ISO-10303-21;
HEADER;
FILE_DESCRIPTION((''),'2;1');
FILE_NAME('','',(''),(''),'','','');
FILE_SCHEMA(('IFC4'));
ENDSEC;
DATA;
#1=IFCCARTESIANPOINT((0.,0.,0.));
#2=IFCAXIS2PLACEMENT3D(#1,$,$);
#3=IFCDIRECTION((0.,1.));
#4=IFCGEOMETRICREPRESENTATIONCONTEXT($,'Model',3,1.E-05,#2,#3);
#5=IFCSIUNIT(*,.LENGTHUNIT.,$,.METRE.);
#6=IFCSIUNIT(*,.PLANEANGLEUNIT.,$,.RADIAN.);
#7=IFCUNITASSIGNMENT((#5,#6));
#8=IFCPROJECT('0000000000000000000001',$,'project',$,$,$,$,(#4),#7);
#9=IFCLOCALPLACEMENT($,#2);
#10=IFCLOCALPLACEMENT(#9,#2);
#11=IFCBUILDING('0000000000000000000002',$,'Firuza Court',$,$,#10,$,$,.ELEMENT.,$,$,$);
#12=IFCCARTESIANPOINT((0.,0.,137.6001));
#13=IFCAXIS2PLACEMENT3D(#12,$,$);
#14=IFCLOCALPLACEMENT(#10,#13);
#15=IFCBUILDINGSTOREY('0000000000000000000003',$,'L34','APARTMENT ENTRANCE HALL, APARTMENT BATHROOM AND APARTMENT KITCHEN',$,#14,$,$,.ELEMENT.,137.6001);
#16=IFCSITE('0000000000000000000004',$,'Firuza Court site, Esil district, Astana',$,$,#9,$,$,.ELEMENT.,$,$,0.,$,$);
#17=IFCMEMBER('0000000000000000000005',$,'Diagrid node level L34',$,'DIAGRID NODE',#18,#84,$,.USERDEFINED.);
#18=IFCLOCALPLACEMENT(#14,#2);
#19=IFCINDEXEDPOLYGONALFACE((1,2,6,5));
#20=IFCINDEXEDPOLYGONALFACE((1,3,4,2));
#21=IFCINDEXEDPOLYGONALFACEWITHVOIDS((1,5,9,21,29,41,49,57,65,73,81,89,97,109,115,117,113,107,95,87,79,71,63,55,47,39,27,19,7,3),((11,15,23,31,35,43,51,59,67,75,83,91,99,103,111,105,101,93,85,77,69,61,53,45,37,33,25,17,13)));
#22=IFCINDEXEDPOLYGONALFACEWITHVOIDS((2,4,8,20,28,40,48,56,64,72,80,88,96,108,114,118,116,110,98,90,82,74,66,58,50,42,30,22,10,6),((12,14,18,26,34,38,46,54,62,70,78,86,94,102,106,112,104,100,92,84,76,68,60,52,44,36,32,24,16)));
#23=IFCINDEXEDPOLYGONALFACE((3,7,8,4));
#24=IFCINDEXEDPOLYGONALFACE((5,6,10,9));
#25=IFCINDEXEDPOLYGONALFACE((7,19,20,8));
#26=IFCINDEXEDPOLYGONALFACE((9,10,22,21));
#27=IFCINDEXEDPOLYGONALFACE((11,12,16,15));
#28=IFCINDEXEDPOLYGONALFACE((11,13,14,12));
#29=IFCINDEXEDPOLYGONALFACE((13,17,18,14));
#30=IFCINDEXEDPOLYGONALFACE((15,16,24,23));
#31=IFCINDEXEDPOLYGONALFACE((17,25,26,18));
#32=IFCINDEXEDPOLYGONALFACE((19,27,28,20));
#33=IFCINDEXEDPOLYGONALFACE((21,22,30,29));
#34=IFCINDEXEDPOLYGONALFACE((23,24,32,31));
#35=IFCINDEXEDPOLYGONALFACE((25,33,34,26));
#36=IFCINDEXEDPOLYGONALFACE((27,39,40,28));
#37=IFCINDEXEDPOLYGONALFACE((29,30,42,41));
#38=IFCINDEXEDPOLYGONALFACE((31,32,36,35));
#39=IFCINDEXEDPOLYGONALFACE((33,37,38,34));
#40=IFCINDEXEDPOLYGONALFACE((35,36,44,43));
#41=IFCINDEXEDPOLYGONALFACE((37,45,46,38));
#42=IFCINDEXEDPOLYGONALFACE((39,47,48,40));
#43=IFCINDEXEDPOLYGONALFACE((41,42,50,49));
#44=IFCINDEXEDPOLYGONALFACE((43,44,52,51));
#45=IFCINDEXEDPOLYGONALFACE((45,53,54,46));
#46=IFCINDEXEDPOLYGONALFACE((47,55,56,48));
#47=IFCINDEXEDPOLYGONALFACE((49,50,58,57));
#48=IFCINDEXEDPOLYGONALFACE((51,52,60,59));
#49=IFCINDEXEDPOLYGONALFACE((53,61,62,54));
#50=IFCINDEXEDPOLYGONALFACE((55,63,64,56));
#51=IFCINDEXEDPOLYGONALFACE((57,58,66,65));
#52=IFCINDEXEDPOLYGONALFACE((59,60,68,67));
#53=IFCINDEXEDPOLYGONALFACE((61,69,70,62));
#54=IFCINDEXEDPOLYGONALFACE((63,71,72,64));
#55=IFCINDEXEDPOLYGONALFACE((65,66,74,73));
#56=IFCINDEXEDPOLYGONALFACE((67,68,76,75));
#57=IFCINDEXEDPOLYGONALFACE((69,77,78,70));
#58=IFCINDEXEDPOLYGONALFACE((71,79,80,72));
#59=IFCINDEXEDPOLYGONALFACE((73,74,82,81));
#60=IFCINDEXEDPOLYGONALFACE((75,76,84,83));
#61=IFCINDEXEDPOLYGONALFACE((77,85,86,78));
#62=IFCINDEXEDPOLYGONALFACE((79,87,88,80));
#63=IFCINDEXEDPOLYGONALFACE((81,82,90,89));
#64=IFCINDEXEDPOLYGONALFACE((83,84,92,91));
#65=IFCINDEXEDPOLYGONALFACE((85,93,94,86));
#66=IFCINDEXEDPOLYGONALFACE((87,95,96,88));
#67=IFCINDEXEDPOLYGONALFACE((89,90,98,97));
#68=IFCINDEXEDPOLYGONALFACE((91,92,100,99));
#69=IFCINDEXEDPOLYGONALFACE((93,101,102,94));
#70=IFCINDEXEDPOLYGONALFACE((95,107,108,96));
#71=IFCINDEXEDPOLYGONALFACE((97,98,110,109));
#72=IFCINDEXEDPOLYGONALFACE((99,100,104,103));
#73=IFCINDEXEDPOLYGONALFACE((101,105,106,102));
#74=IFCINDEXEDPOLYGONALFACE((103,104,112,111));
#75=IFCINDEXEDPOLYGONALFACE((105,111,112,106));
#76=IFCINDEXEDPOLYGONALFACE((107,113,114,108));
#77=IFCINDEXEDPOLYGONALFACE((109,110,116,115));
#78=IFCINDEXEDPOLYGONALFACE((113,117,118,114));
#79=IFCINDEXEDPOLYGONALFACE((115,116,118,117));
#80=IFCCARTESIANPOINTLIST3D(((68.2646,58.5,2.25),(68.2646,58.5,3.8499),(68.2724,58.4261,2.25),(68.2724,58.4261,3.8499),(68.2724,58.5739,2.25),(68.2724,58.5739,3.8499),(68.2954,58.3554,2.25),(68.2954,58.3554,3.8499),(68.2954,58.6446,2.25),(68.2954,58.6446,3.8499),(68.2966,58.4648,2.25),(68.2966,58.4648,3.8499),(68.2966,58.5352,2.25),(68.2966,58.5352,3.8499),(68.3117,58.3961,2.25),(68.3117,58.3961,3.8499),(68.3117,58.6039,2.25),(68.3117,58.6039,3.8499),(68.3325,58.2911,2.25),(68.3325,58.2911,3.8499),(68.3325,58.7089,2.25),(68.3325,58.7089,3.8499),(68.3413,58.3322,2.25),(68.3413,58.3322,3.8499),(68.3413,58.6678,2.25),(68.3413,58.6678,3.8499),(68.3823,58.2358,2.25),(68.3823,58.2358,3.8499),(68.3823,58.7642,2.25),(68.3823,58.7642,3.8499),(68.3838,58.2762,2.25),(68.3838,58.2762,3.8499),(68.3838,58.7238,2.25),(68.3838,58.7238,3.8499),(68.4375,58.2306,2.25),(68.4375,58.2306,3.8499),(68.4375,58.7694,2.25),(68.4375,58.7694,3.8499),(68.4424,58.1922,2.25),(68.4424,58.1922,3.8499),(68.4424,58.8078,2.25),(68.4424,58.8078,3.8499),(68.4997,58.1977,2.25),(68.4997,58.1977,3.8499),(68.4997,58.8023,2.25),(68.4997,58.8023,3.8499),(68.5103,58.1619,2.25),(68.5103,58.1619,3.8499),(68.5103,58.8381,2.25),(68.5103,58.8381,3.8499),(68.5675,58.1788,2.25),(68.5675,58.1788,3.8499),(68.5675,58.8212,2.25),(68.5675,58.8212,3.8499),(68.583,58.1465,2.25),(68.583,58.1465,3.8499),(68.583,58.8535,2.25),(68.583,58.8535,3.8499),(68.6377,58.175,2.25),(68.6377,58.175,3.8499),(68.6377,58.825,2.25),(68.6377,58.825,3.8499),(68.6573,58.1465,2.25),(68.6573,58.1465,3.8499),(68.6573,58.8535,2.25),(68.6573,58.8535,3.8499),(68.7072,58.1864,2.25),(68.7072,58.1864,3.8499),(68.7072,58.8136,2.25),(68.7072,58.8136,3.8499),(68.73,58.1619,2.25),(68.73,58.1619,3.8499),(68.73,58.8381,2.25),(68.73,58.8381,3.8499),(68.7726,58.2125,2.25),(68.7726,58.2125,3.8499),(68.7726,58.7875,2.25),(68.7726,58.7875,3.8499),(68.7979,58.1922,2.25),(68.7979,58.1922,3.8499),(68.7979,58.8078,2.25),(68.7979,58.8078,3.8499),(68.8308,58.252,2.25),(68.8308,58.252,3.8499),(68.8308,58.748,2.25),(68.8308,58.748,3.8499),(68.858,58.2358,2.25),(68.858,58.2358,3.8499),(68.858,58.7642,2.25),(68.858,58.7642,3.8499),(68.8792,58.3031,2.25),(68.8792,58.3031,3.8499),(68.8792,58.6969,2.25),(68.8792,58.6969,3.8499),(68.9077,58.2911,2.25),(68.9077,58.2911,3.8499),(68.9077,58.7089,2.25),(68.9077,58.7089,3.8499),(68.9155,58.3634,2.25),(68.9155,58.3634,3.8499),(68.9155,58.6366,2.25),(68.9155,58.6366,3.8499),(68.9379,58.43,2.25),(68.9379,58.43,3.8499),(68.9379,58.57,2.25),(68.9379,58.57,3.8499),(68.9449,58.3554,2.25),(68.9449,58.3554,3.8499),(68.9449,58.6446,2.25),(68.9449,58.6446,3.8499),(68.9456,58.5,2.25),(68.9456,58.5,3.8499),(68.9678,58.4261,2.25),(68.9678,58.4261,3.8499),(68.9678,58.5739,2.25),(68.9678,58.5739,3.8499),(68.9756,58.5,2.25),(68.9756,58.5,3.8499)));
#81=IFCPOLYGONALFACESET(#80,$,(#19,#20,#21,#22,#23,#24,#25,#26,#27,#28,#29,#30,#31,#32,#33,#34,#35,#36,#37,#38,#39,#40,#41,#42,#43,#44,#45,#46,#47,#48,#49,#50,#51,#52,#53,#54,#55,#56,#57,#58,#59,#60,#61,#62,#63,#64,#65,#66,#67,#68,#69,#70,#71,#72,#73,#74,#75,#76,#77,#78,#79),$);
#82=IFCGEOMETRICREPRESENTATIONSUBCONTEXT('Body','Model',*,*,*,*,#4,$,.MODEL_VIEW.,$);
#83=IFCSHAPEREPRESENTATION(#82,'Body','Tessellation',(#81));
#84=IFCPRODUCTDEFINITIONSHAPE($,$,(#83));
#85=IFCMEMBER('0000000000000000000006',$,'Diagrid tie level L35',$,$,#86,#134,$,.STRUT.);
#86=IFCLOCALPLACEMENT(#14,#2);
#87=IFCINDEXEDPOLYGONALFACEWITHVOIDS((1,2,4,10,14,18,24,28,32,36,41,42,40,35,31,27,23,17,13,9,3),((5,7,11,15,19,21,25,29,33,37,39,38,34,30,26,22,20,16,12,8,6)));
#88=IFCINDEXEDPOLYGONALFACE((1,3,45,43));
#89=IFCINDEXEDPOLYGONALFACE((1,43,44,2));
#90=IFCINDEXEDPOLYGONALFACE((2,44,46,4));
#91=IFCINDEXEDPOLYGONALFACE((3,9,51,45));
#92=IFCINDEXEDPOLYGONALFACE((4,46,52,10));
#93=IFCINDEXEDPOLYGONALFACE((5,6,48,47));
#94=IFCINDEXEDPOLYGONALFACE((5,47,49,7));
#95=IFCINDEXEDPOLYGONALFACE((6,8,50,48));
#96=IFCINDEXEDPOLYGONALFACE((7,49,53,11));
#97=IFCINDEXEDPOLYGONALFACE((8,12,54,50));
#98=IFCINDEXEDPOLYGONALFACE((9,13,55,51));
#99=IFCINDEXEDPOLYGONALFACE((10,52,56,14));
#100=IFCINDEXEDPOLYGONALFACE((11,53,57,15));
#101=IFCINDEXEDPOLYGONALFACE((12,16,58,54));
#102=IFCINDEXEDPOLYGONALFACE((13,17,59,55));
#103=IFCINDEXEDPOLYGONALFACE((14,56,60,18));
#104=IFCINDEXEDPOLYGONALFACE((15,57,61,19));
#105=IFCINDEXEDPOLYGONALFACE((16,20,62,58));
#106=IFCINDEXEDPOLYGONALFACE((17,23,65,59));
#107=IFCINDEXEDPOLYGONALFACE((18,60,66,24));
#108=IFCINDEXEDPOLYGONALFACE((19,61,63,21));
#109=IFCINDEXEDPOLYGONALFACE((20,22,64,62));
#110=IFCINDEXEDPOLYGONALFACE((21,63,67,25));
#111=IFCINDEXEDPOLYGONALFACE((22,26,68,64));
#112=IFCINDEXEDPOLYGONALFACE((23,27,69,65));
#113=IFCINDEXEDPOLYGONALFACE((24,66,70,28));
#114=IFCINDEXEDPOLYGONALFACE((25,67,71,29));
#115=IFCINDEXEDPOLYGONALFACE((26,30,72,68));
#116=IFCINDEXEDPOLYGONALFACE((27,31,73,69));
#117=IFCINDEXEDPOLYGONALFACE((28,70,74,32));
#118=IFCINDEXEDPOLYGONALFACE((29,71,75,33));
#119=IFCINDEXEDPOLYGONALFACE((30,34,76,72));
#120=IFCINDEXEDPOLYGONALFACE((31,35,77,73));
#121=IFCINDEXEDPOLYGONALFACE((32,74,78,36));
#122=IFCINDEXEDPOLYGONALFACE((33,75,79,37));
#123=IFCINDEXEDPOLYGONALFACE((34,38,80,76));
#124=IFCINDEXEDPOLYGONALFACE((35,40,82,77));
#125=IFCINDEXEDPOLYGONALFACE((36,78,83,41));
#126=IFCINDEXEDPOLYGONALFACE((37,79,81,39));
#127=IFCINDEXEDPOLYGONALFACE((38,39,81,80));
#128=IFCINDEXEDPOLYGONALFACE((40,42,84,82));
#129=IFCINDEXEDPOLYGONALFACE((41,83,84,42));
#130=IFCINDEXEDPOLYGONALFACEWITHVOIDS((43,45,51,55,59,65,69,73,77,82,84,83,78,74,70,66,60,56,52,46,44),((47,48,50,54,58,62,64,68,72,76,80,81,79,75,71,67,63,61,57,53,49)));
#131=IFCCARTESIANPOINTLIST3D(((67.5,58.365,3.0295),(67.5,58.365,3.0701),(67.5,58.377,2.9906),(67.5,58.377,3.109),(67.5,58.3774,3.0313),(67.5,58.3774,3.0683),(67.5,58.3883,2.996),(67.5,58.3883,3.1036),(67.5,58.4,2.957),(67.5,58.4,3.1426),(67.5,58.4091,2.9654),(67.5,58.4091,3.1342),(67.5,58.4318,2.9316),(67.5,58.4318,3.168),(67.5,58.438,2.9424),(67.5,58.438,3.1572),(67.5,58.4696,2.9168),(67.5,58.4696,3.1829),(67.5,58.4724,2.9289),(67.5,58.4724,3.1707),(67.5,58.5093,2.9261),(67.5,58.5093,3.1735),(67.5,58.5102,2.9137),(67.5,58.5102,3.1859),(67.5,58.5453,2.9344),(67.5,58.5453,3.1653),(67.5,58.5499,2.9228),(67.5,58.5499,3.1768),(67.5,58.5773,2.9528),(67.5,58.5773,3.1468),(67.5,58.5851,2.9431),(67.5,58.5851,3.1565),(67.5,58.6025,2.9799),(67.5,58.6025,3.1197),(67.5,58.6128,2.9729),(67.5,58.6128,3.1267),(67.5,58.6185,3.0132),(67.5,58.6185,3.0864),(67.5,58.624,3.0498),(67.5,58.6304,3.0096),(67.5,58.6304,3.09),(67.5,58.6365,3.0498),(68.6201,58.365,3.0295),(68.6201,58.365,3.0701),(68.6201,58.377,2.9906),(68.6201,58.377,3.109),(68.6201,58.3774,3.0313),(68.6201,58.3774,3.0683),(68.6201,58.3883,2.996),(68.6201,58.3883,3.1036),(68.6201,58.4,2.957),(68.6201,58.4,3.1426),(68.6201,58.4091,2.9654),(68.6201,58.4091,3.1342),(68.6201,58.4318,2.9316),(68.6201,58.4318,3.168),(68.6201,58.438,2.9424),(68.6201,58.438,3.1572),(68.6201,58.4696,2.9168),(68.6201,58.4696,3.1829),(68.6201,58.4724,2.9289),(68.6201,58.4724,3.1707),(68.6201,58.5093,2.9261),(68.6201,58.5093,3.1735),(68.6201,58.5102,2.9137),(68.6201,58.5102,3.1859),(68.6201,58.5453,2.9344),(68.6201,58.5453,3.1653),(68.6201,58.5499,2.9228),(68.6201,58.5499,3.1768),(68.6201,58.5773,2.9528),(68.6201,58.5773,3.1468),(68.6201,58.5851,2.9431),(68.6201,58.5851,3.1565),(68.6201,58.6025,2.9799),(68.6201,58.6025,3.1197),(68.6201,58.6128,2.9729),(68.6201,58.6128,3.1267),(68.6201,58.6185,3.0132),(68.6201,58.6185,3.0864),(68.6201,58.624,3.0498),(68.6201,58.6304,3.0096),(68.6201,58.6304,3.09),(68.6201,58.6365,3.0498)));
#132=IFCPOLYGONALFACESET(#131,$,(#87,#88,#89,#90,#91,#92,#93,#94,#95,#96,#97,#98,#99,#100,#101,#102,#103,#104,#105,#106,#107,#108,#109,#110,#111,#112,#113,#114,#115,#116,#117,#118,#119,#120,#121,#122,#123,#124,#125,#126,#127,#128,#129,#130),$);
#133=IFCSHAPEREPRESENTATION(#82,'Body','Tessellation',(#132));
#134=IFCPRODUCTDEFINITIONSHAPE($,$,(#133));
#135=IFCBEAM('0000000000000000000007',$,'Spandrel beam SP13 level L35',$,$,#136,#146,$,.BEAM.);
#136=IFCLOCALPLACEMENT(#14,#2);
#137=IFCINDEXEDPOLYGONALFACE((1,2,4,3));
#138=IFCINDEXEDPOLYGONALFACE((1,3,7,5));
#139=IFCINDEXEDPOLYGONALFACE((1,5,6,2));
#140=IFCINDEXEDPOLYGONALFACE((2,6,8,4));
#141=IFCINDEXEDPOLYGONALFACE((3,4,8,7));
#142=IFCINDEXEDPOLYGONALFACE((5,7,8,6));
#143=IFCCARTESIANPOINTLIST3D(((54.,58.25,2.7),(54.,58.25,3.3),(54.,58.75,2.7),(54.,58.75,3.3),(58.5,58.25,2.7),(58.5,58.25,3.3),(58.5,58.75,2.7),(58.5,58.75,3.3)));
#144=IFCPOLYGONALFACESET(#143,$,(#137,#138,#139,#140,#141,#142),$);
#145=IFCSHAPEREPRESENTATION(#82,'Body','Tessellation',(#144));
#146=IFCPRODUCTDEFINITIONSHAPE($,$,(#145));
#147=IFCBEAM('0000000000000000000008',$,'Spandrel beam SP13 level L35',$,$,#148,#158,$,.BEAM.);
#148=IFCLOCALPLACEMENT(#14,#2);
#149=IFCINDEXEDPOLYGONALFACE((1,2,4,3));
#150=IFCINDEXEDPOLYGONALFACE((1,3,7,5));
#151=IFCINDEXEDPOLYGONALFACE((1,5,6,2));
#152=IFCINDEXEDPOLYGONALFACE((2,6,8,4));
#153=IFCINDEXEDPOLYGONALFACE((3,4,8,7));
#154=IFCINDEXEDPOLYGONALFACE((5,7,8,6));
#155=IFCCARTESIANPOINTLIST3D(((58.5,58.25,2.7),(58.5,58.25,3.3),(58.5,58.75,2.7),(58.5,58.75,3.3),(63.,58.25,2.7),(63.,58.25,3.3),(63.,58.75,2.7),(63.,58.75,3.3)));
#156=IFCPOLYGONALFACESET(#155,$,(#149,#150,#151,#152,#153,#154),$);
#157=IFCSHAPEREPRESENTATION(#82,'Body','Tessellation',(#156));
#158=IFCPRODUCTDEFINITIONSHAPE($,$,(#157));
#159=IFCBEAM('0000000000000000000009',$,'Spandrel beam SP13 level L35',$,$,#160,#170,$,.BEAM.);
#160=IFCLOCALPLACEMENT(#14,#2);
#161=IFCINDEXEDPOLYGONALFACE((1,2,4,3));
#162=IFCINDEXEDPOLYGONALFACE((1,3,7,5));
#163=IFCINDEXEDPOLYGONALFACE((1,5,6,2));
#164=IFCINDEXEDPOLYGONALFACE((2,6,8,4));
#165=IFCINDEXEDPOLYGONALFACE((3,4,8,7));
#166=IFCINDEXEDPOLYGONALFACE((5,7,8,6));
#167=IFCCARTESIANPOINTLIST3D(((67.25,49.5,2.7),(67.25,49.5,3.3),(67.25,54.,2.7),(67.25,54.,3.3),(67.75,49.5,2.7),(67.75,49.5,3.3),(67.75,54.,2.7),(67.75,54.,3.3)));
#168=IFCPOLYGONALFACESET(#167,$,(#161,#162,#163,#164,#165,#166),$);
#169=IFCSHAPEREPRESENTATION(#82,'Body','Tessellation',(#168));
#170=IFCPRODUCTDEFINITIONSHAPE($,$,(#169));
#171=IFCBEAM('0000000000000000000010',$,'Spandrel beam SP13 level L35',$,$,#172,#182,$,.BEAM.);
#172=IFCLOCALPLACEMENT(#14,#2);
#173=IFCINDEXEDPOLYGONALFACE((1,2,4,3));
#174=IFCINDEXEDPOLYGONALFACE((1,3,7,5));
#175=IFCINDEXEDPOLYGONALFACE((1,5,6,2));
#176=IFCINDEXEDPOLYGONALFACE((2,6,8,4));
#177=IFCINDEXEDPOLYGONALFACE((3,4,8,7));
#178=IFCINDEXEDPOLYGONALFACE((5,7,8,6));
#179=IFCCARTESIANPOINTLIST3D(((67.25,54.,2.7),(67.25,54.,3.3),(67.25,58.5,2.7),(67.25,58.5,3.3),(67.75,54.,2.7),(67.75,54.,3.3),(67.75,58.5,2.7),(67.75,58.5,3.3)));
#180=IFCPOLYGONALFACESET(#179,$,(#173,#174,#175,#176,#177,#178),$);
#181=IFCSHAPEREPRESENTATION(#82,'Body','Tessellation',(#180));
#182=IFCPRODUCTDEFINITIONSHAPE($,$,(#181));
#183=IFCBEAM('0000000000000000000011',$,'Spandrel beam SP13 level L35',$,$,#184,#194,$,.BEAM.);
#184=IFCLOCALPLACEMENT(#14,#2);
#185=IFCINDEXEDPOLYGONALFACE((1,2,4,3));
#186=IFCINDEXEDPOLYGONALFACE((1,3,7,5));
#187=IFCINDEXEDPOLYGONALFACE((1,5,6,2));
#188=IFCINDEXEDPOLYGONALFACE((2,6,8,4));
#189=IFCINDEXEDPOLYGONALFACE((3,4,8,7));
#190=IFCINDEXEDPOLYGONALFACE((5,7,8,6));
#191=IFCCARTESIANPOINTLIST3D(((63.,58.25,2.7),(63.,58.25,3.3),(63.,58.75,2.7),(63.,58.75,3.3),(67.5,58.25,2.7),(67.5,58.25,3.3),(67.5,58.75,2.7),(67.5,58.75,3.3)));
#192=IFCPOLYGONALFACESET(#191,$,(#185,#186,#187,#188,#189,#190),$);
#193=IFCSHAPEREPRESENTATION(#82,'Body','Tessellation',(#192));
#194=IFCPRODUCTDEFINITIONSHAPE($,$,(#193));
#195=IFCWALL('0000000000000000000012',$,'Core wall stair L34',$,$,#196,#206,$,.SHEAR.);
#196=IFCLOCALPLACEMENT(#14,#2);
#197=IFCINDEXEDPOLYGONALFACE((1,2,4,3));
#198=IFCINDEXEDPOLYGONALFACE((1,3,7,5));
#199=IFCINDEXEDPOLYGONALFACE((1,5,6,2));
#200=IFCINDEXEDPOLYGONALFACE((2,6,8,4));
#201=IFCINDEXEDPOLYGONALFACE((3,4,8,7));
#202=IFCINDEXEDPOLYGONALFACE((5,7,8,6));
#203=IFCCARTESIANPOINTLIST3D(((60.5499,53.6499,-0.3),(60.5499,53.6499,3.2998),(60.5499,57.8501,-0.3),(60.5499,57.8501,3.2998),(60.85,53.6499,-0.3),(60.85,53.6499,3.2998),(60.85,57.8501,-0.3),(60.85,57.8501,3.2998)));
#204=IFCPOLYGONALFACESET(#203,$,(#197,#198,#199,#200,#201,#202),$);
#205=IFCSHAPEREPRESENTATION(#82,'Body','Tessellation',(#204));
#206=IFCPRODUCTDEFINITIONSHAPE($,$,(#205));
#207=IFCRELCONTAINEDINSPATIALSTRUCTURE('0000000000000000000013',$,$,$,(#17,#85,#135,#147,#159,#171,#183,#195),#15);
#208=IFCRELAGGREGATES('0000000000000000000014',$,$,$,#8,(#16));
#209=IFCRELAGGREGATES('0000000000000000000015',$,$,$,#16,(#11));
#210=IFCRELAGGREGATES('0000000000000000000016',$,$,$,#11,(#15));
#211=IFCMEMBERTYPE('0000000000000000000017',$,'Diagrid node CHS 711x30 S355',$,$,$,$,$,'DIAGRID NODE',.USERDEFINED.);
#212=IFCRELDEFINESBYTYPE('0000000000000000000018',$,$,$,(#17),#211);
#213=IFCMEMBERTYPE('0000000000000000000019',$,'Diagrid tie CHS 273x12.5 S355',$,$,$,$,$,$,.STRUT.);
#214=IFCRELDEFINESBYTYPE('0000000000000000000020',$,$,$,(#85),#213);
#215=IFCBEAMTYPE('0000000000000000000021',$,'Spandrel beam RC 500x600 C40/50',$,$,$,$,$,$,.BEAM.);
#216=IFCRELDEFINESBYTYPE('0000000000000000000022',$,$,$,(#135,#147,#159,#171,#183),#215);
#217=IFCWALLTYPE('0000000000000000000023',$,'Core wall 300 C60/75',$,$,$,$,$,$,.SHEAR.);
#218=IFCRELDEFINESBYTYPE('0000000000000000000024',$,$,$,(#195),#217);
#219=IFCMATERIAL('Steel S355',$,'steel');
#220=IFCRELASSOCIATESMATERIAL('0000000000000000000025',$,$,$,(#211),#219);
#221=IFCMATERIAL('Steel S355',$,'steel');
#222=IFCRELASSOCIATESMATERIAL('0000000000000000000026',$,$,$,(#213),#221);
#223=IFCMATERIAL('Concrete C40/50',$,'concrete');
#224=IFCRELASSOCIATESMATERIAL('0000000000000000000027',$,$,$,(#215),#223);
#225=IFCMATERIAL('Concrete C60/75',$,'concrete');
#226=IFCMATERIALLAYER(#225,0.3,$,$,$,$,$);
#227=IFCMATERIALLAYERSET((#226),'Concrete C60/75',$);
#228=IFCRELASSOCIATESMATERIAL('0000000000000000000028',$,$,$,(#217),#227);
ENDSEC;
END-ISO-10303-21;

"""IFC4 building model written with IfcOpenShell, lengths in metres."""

from ifc_helpers import new_model, si_unit, direction, frame, frame_2d, origin, origin_2d, place, context, subcontext, project, spatial, rectangle, hollow_circle, extrude, material, layer, layer_set, material_profile, profile_set, type_object, element, save


model = new_model("IFC4")

# Units and contexts
model_context = context("Model", 3, precision=1e-05, world=origin(), true_north=direction((0.0, 1.0)))
body_context = subcontext(model_context, "Body", "Model", "MODEL_VIEW")
ifc_project = project(units=[si_unit("LENGTHUNIT", "METRE"), si_unit("PLANEANGLEUNIT", "RADIAN")], contexts=[model_context])

# Site, building, storey
site_placement = place(None, origin())
site = spatial("IfcSite", under=ifc_project, at=site_placement, Name="Firuza Court site, Esil district, Astana", CompositionType="ELEMENT", RefElevation=0.0)
building_placement = place(site_placement, origin())
building = spatial("IfcBuilding", under=site, at=building_placement, Name="Firuza Court", CompositionType="ELEMENT")
storey_placement = place(building_placement, frame((0.0, 0.0, 137.6001)))
storey = spatial("IfcBuildingStorey", under=building, at=storey_placement, Name="L34", Description="APARTMENT ENTRANCE HALL, APARTMENT BATHROOM AND APARTMENT KITCHEN", CompositionType="ELEMENT", Elevation=137.6001)

# Members
ifc_material_1 = material(Name="Steel S355", Category="steel")
ifc_material_profile_1 = material_profile(ifc_material_1, hollow_circle(Radius=0.3555, WallThickness=0.03, at=origin_2d()), Name="CHS 711x30")
ifc_profile_set_1 = profile_set([ifc_material_profile_1], Name="Steel S355")
member_type_1 = type_object("IfcMemberType", Name="Diagrid node CHS 711x30 S355", ElementType="DIAGRID NODE", PredefinedType="USERDEFINED", material=ifc_profile_set_1)
for number, where, z_axis, x_axis, name in (
    (1, (68.6201, 58.5, 2.25), (0.0, 0.0, 1.0), (1.0, 0.0, 0.0), "Diagrid node level L34"),
):
    element("IfcMember", number, at=place(storey_placement, frame(where, z_axis=z_axis, x_axis=x_axis)), inside=storey, type_object=member_type_1, Name=name, ObjectType="DIAGRID NODE", PredefinedType="USERDEFINED", context=body_context, shape_type="SweptSolid", body=[
        extrude(hollow_circle(Radius=0.3555, WallThickness=0.03, at=origin_2d()), origin(), (0.0, 0.0, 1.0), 1.5999),
    ])
ifc_material_2 = material(Name="Steel S355", Category="steel")
ifc_material_profile_2 = material_profile(ifc_material_2, hollow_circle(Radius=0.1365, WallThickness=0.0125, at=origin_2d()), Name="CHS 273x12.5")
ifc_profile_set_2 = profile_set([ifc_material_profile_2], Name="Steel S355")
member_type_2 = type_object("IfcMemberType", Name="Diagrid tie CHS 273x12.5 S355", PredefinedType="STRUT", material=ifc_profile_set_2)
member_placement = place(storey_placement, frame((67.5, 58.5, 3.0498), z_axis=(1.0, 0.0, 0.0), x_axis=(0.0, 1.0, 0.0)))
element("IfcMember", 2, at=member_placement, inside=storey, type_object=member_type_2, Name="Diagrid tie level L35", PredefinedType="STRUT", context=body_context, shape_type="SweptSolid", body=[
    extrude(hollow_circle(Radius=0.1365, WallThickness=0.0125, at=origin_2d()), origin(), (0.0, 0.0, 1.0), 1.1201),
])

# Beams
ifc_material_3 = material(Name="Concrete C40/50", Category="concrete")
ifc_material_profile_3 = material_profile(ifc_material_3, rectangle(XDim=0.5, YDim=0.6001, at=origin_2d()), Name="RC 500x600")
ifc_profile_set_3 = profile_set([ifc_material_profile_3], Name="Concrete C40/50")
beam_type_1 = type_object("IfcBeamType", Name="Spandrel beam RC 500x600 C40/50", PredefinedType="BEAM", material=ifc_profile_set_3)
for number, where, z_axis, x_axis, name in (
    (3, (58.5, 58.5, 3.0), (-1.0, 0.0, 0.0), (0.0, -1.0, 0.0), "Spandrel beam SP13 level L35"),
    (4, (63.0, 58.5, 3.0), (-1.0, 0.0, 0.0), (0.0, -1.0, 0.0), "Spandrel beam SP13 level L35"),
    (5, (67.5, 49.5, 3.0), (0.0, 1.0, 0.0), (-1.0, 0.0, 0.0), "Spandrel beam SP13 level L35"),
    (6, (67.5, 54.0, 3.0), (0.0, 1.0, 0.0), (-1.0, 0.0, 0.0), "Spandrel beam SP13 level L35"),
    (7, (67.5, 58.5, 3.0), (-1.0, 0.0, 0.0), (0.0, -1.0, 0.0), "Spandrel beam SP13 level L35"),
):
    element("IfcBeam", number, at=place(storey_placement, frame(where, z_axis=z_axis, x_axis=x_axis)), inside=storey, type_object=beam_type_1, Name=name, PredefinedType="BEAM", context=body_context, shape_type="SweptSolid", body=[
        extrude(rectangle(XDim=0.5, YDim=0.6001, at=origin_2d()), origin(), (0.0, 0.0, 1.0), 4.5),
    ])

# Wall
ifc_material_4 = material(Name="Concrete C60/75", Category="concrete")
ifc_layer_1 = layer(ifc_material_4, 0.3)
ifc_layer_set_1 = layer_set([ifc_layer_1], Name="Concrete C60/75")
wall_type_1 = type_object("IfcWallType", Name="Core wall 300 C60/75", PredefinedType="SHEAR", material=ifc_layer_set_1)
wall_1_placement = place(storey_placement, frame((60.7, 53.6499, -0.3), z_axis=(0.0, 0.0, 1.0), x_axis=(0.0, 1.0, 0.0)))
element("IfcWall", 8, at=wall_1_placement, inside=storey, type_object=wall_type_1, Name="Core wall stair L34", PredefinedType="SHEAR", context=body_context, shape_type="SweptSolid", body=[
    extrude(rectangle(XDim=4.2002, YDim=0.3, at=frame_2d((2.1001, 0.0))), origin(), (0.0, 0.0, 1.0), 3.5999),
])

save(model, "model.ifc")
